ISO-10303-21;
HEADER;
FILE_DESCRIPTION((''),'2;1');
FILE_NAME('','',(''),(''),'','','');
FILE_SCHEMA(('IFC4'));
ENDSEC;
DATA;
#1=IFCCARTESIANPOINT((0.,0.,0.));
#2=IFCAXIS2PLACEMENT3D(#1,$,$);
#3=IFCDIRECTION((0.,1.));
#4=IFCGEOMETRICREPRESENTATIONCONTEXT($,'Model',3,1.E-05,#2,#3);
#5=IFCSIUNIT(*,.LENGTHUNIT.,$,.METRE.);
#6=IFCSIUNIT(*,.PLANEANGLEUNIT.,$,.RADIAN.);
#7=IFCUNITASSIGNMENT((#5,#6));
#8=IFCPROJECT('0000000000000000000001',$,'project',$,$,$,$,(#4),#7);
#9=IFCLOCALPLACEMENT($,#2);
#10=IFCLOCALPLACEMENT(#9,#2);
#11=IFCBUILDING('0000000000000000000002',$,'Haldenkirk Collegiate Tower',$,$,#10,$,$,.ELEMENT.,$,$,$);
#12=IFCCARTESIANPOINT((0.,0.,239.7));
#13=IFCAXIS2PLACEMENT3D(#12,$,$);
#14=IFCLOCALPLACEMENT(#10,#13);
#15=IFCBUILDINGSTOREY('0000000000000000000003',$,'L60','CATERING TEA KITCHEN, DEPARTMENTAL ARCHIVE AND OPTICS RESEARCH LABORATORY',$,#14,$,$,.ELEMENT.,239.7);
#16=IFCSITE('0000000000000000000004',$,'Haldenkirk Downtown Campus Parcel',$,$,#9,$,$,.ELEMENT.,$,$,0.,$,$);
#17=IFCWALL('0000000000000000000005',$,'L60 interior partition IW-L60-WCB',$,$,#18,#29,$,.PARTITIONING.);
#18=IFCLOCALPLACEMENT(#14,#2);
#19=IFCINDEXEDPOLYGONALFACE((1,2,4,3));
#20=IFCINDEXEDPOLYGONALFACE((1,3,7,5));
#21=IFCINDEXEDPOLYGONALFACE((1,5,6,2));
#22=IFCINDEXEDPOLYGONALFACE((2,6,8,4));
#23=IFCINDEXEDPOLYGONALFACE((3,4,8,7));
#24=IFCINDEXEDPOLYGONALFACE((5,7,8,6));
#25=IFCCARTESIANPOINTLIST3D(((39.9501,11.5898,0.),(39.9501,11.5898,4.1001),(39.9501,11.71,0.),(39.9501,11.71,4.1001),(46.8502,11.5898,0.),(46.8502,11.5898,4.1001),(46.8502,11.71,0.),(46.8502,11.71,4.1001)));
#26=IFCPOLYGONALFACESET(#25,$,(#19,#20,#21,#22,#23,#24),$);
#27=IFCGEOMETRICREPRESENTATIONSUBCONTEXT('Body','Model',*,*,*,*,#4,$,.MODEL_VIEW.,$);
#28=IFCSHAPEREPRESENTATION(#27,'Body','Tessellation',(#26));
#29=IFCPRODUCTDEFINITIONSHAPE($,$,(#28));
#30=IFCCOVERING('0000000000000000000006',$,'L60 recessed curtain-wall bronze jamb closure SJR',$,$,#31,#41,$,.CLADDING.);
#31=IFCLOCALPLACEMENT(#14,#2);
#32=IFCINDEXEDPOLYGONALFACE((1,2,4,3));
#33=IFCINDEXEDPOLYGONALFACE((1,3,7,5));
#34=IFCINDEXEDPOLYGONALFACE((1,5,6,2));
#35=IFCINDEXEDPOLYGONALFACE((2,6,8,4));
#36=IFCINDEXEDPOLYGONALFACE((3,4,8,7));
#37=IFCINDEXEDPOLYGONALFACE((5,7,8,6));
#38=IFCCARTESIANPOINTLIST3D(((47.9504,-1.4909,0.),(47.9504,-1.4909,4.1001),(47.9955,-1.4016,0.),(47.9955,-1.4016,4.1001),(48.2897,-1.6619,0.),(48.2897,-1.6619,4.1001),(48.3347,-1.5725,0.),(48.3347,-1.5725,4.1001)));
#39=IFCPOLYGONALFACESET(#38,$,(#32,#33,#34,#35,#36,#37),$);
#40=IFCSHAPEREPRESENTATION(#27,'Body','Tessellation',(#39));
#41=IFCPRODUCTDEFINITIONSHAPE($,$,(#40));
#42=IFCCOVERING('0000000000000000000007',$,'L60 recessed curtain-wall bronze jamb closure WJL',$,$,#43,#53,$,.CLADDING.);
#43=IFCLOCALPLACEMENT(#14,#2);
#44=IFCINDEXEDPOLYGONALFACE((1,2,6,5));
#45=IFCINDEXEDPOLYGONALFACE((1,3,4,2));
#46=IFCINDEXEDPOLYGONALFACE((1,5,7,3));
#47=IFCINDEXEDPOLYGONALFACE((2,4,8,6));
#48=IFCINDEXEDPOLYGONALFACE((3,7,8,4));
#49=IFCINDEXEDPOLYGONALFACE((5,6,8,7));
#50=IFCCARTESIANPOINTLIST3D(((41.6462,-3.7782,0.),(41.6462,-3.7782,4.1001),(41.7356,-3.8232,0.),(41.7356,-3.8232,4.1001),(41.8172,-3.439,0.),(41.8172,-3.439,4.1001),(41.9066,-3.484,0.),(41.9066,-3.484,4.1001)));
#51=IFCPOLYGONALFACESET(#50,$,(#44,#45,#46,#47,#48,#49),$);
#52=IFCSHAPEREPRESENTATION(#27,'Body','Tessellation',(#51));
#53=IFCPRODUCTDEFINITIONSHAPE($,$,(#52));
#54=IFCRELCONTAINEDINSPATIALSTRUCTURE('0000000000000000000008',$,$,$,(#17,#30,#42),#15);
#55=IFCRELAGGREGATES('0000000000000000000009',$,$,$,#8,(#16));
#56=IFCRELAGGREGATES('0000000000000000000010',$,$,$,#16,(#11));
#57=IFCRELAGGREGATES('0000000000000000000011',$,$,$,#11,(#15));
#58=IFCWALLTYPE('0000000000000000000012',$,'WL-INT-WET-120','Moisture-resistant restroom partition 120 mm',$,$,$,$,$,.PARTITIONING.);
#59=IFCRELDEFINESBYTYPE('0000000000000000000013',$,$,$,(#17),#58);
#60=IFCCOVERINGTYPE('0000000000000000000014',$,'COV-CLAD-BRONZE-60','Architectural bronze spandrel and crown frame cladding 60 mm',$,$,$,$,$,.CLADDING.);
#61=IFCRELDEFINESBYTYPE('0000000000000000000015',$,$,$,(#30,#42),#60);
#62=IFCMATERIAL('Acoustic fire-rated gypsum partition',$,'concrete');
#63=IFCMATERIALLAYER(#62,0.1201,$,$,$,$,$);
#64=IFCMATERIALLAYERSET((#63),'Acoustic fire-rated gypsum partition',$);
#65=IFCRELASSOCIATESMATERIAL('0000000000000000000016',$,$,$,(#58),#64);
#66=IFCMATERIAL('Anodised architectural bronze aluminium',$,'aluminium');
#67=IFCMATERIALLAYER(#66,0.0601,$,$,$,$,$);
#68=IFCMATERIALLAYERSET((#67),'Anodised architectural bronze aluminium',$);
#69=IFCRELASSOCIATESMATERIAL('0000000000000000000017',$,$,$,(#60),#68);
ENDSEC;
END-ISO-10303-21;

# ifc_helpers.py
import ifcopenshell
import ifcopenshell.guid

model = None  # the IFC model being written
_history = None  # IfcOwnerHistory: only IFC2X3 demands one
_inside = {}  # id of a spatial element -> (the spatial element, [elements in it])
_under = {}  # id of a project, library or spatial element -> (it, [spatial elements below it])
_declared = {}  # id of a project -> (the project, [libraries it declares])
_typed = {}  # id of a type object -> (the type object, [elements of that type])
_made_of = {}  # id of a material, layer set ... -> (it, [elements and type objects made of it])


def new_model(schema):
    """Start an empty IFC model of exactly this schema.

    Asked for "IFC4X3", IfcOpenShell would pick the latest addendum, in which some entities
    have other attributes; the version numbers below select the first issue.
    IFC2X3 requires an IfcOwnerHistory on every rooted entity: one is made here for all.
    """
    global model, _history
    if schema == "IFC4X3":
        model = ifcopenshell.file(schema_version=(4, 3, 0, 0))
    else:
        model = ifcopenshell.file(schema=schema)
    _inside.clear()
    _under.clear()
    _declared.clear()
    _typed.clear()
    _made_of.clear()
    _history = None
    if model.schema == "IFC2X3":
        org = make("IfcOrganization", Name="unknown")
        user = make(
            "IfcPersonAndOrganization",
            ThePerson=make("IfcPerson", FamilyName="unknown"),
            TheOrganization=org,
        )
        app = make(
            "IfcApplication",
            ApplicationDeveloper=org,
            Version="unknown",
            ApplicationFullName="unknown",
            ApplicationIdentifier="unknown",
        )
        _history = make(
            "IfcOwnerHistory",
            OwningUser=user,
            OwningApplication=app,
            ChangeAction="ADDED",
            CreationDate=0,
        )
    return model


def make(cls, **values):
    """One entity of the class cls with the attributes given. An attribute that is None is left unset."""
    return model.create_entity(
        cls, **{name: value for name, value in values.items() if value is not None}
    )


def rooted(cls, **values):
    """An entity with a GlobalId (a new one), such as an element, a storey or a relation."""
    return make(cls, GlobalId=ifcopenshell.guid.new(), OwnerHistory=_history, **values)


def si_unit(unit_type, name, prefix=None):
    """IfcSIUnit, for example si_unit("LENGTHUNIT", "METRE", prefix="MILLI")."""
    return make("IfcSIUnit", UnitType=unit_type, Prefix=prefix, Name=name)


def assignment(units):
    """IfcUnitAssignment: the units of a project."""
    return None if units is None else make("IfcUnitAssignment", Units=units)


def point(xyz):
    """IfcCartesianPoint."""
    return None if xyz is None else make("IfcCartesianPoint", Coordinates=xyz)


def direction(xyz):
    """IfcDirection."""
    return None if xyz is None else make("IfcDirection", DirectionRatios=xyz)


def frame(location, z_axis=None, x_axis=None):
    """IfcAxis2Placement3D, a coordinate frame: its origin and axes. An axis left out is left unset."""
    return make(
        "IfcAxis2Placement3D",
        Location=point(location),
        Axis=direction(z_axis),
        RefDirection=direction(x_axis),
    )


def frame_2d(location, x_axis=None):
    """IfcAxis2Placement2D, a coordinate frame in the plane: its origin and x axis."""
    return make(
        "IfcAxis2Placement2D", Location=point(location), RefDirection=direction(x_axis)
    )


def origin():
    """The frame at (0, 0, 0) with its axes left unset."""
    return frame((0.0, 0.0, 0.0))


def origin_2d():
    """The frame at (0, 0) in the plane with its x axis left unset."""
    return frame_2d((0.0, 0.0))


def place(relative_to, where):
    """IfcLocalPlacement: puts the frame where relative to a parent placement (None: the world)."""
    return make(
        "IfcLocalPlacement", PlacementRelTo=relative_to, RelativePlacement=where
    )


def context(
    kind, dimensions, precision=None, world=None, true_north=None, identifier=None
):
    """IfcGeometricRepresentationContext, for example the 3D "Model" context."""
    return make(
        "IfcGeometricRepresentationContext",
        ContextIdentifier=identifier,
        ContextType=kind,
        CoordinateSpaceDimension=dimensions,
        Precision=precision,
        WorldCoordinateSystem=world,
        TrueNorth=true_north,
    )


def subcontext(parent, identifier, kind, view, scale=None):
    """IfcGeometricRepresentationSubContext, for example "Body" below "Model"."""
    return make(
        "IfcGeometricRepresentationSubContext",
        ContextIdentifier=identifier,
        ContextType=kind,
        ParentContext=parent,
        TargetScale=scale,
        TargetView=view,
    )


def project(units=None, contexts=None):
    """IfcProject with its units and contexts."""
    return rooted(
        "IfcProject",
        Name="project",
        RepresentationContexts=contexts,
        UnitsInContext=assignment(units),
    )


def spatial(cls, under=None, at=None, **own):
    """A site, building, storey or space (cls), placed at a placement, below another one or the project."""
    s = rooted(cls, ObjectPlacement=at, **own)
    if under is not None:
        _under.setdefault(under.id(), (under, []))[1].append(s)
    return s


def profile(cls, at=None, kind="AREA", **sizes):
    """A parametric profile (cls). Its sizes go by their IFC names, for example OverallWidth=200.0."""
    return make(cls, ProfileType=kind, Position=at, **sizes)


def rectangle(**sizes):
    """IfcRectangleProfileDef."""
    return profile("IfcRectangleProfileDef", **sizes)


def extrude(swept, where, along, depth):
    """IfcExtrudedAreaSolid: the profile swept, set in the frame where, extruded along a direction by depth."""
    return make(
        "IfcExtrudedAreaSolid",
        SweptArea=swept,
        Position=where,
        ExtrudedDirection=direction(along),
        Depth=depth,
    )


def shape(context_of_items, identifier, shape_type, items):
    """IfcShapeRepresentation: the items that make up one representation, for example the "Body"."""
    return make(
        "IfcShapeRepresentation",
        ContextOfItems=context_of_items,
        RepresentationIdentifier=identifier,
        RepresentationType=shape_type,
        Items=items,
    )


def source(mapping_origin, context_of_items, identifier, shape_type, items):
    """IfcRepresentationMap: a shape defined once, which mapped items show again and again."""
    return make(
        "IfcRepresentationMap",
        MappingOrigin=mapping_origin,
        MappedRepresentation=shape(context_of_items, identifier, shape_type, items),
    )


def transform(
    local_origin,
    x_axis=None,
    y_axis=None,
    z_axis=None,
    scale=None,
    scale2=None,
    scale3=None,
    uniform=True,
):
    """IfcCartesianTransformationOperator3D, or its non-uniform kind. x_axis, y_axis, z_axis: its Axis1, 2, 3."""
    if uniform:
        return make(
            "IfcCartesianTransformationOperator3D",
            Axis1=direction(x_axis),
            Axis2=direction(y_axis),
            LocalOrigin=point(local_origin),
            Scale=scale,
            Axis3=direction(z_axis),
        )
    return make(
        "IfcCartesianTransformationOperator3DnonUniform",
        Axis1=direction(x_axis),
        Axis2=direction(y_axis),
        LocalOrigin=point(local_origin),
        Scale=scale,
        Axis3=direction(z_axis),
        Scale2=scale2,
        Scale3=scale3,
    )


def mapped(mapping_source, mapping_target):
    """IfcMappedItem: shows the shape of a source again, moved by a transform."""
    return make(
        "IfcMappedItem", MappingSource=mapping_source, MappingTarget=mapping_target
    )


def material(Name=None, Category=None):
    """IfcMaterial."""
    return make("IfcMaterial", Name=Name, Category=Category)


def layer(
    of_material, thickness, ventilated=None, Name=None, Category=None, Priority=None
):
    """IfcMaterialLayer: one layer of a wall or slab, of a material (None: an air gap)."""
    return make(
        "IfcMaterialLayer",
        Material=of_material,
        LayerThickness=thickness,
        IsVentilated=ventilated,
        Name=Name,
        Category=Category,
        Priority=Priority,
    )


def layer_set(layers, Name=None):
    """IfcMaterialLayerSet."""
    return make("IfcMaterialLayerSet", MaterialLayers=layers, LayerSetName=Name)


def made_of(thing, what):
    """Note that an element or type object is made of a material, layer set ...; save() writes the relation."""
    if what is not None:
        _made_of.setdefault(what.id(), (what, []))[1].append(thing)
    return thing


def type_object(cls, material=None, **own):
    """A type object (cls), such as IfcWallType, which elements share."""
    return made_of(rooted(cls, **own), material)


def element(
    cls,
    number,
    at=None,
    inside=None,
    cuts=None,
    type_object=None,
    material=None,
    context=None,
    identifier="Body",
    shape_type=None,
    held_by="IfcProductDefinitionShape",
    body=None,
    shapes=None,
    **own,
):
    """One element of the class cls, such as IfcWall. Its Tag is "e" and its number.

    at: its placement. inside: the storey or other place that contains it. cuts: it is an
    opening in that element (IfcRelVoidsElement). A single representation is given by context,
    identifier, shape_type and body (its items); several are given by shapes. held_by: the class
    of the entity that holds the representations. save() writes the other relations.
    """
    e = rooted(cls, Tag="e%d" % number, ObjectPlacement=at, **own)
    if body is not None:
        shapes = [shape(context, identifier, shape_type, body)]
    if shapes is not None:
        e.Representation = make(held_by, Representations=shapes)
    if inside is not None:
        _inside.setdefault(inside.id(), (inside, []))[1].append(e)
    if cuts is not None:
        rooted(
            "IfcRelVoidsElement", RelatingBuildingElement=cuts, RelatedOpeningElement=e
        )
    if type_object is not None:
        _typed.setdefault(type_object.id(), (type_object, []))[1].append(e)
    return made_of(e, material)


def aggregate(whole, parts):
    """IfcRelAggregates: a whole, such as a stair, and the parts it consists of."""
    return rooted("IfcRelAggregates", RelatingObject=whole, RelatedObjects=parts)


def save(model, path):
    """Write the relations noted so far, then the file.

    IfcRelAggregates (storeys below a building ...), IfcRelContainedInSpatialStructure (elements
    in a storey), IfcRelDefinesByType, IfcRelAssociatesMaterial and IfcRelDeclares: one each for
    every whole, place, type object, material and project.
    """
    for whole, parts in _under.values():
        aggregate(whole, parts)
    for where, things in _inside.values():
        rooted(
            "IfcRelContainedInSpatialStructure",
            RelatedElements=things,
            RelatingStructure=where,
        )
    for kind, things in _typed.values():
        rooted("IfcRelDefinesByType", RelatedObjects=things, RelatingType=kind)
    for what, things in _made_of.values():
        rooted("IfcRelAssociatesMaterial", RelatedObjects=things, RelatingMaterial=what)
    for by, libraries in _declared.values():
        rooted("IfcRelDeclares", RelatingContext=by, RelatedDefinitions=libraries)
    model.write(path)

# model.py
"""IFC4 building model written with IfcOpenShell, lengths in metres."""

from ifc_helpers import new_model, si_unit, direction, frame, frame_2d, origin, origin_2d, place, context, subcontext, project, spatial, rectangle, extrude, source, transform, mapped, material, layer, layer_set, type_object, element, save


model = new_model("IFC4")

# Units and contexts
model_context = context("Model", 3, precision=1e-05, world=origin(), true_north=direction((0.0, 1.0)))
body_context = subcontext(model_context, "Body", "Model", "MODEL_VIEW")
ifc_project = project(units=[si_unit("LENGTHUNIT", "METRE"), si_unit("PLANEANGLEUNIT", "RADIAN")], contexts=[model_context])

# Site, building, storey
site_placement = place(None, origin())
site = spatial("IfcSite", under=ifc_project, at=site_placement, Name="Haldenkirk Downtown Campus Parcel", CompositionType="ELEMENT", RefElevation=0.0)
building_placement = place(site_placement, origin())
building = spatial("IfcBuilding", under=site, at=building_placement, Name="Haldenkirk Collegiate Tower", CompositionType="ELEMENT")
storey_placement = place(building_placement, frame((0.0, 0.0, 239.7)))
storey = spatial("IfcBuildingStorey", under=building, at=storey_placement, Name="L60", Description="CATERING TEA KITCHEN, DEPARTMENTAL ARCHIVE AND OPTICS RESEARCH LABORATORY", CompositionType="ELEMENT", Elevation=239.7)

# Shared definitions
ifc_material_1 = material(Name="Anodised architectural bronze aluminium", Category="aluminium")

# Wall
ifc_material_2 = material(Name="Acoustic fire-rated gypsum partition", Category="concrete")
ifc_layer_1 = layer(ifc_material_2, 0.1201)
ifc_layer_set_1 = layer_set([ifc_layer_1], Name="Acoustic fire-rated gypsum partition")
wall_type_1 = type_object("IfcWallType", Name="WL-INT-WET-120", Description="Moisture-resistant restroom partition 120 mm", PredefinedType="PARTITIONING", material=ifc_layer_set_1)
wall_1_placement = place(storey_placement, frame((39.95, 11.6499, 0.0), z_axis=(0.0, 0.0, 1.0), x_axis=(1.0, 0.0, 0.0)))
element("IfcWall", 1, at=wall_1_placement, inside=storey, type_object=wall_type_1, Name="L60 interior partition IW-L60-WCB", PredefinedType="PARTITIONING", context=body_context, shape_type="SweptSolid", body=[
    extrude(rectangle(XDim=6.9001, YDim=0.1201, at=frame_2d((3.4502, 0.0))), origin(), (0.0, 0.0, 1.0), 4.1001),
])

# Coverings
ifc_layer_2 = layer(ifc_material_1, 0.0601)
ifc_layer_set_2 = layer_set([ifc_layer_2], Name="Anodised architectural bronze aluminium")
covering_type = type_object("IfcCoveringType", Name="COV-CLAD-BRONZE-60", Description="Architectural bronze spandrel and crown frame cladding 60 mm", PredefinedType="CLADDING", material=ifc_layer_set_2)
shared_shape_1 = source(origin(), body_context, "Body", "SweptSolid", [
    extrude(rectangle(XDim=0.1001, YDim=0.3799, at=origin_2d()), origin(), (0.0, 0.0, 1.0), 4.1001),
])
for number, where, z_axis, x_axis, name in (
    (2, (48.1426, -1.5317, 0.0), (0.0, 0.0, 1.0), (-0.450098, -0.892979, 0.0), "L60 recessed curtain-wall bronze jamb closure SJR"),
    (3, (41.7764, -3.6311, 0.0), (0.0, 0.0, 1.0), (-0.892979, 0.450098, 0.0), "L60 recessed curtain-wall bronze jamb closure WJL"),
):
    element("IfcCovering", number, at=place(storey_placement, frame(where, z_axis=z_axis, x_axis=x_axis)), inside=storey, type_object=covering_type, Name=name, PredefinedType="CLADDING", context=body_context, shape_type="MappedRepresentation", body=[
        mapped(shared_shape_1, transform((0.0, 0.0, 0.0), x_axis=(1.0, 0.0, 0.0), y_axis=(0.0, 1.0, 0.0), z_axis=(0.0, 0.0, 1.0), scale=1.0)),
    ])

save(model, "model.ifc")
